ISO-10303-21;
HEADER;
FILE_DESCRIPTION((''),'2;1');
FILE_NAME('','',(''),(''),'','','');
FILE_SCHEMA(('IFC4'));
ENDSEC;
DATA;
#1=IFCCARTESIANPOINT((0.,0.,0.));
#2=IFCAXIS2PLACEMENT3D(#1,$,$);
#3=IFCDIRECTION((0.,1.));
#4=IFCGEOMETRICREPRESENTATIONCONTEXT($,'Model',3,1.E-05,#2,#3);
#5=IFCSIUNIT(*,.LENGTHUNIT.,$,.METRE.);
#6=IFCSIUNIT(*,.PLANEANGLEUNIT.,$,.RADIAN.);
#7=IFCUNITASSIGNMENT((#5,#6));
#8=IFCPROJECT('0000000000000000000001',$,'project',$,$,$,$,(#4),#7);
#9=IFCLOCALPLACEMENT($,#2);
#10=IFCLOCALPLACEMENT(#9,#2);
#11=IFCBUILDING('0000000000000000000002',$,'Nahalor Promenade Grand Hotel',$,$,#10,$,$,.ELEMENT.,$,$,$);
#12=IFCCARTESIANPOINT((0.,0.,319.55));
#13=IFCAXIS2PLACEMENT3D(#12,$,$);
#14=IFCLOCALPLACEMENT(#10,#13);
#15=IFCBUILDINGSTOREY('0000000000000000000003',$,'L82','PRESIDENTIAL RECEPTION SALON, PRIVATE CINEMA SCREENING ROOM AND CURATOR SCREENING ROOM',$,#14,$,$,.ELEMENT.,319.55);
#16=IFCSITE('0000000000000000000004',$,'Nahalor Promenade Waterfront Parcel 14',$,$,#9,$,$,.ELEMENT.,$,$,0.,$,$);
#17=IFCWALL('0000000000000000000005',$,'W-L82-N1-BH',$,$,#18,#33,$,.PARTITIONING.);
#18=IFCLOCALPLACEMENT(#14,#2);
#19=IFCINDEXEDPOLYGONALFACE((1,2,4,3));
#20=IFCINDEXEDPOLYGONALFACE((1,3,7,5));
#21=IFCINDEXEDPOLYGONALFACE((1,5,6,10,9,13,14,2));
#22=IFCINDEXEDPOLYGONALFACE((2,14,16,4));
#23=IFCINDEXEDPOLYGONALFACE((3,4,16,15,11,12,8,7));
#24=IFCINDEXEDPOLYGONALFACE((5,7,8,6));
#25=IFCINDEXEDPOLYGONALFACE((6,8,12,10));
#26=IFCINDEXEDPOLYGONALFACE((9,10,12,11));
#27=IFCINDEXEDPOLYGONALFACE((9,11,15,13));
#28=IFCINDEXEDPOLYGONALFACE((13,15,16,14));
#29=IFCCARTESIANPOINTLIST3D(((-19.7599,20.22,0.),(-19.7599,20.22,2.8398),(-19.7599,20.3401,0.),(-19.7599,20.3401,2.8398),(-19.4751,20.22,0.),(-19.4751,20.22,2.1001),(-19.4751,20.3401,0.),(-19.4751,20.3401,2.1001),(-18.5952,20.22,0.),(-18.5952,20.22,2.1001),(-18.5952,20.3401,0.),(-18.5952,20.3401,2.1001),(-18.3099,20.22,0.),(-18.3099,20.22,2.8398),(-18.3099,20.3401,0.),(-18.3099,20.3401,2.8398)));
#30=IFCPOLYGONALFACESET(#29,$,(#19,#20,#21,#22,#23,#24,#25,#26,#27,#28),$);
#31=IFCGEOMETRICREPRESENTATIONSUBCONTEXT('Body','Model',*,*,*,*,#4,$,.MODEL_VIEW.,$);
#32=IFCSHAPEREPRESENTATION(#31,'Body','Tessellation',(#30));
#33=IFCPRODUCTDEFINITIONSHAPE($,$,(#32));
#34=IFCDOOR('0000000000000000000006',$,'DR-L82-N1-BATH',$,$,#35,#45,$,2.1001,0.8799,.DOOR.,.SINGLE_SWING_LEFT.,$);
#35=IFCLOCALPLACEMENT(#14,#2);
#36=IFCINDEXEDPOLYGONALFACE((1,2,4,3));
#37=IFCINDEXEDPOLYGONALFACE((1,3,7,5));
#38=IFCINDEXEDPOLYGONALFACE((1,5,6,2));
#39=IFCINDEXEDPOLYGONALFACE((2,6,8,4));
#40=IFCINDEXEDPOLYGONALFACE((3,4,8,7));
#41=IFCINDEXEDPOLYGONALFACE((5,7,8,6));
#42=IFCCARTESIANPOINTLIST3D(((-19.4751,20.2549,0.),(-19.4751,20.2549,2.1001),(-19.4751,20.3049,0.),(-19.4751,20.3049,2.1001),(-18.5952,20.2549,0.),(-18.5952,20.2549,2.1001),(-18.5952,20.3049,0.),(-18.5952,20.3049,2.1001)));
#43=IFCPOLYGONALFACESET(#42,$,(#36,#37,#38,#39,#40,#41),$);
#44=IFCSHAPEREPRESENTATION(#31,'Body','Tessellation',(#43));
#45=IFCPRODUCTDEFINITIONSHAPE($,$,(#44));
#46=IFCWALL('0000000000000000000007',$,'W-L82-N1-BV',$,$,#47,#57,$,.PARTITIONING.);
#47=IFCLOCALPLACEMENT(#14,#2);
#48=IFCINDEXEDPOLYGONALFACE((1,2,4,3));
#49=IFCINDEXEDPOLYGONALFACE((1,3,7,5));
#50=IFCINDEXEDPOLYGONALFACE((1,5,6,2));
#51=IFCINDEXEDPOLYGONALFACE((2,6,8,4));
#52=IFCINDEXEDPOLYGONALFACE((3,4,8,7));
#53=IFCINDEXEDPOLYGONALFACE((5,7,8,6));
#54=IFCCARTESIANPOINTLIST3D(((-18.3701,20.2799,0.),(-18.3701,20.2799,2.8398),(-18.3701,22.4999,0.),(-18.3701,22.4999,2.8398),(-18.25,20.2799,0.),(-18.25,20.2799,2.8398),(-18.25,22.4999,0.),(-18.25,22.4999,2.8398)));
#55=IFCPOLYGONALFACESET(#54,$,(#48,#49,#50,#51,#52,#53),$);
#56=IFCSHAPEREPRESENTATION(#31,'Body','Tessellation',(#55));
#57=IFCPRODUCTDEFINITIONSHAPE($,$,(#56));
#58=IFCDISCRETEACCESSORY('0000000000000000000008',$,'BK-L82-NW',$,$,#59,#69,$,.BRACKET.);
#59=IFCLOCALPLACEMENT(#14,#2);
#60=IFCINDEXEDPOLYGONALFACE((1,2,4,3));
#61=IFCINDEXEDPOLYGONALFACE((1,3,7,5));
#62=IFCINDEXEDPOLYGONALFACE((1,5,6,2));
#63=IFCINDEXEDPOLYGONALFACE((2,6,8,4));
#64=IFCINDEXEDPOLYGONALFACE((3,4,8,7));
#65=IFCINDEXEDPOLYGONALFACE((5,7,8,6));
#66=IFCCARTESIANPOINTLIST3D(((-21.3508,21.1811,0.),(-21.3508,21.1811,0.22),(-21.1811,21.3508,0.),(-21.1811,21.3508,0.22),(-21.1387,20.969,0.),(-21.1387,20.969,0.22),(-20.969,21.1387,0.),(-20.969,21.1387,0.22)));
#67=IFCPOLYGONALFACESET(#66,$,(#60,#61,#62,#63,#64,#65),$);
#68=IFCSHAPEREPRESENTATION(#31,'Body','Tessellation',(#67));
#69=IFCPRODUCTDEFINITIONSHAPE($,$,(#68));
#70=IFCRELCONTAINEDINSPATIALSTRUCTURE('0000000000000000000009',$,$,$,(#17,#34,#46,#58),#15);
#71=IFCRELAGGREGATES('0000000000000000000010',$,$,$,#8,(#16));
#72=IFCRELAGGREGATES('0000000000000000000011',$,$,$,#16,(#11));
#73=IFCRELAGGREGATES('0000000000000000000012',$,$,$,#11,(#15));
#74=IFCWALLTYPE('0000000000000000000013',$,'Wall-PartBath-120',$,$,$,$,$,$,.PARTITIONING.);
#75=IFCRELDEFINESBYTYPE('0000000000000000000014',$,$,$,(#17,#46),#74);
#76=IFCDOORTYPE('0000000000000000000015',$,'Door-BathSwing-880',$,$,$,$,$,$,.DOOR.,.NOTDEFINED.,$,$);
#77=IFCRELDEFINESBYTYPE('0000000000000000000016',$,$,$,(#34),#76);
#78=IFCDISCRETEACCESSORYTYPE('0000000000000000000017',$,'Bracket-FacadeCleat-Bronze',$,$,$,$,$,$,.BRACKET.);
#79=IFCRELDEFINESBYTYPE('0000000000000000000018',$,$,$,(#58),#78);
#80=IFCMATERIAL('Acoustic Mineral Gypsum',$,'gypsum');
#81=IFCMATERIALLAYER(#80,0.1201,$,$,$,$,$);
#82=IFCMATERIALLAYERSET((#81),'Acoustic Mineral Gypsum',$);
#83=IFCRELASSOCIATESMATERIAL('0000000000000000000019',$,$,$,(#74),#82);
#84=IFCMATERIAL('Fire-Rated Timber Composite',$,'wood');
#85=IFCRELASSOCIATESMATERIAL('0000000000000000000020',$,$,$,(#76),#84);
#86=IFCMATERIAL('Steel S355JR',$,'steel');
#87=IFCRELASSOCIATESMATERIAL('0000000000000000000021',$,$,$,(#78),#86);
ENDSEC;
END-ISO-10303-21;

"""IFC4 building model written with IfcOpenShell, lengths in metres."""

from ifc_helpers import new_model, si_unit, direction, frame, frame_2d, origin, origin_2d, place, context, subcontext, project, spatial, rectangle, extrude, source, transform, mapped, material, layer, layer_set, type_object, element, fill, save


model = new_model("IFC4")

# Units and contexts
model_context = context("Model", 3, precision=1e-05, world=origin(), true_north=direction((0.0, 1.0)))
body_context = subcontext(model_context, "Body", "Model", "MODEL_VIEW")
ifc_project = project(units=[si_unit("LENGTHUNIT", "METRE"), si_unit("PLANEANGLEUNIT", "RADIAN")], contexts=[model_context])

# Site, building, storey
site_placement = place(None, origin())
site = spatial("IfcSite", under=ifc_project, at=site_placement, Name="Nahalor Promenade Waterfront Parcel 14", CompositionType="ELEMENT", RefElevation=0.0)
building_placement = place(site_placement, origin())
building = spatial("IfcBuilding", under=site, at=building_placement, Name="Nahalor Promenade Grand Hotel", CompositionType="ELEMENT")
storey_placement = place(building_placement, frame((0.0, 0.0, 319.55)))
storey = spatial("IfcBuildingStorey", under=building, at=storey_placement, Name="L82", Description="PRESIDENTIAL RECEPTION SALON, PRIVATE CINEMA SCREENING ROOM AND CURATOR SCREENING ROOM", CompositionType="ELEMENT", Elevation=319.55)

# Shared definitions
ifc_material_1 = material(Name="Steel S355JR", Category="steel")

# Wall, opening, door
ifc_material_2 = material(Name="Acoustic Mineral Gypsum", Category="gypsum")
ifc_layer_1 = layer(ifc_material_2, 0.1201)
ifc_layer_set_1 = layer_set([ifc_layer_1], Name="Acoustic Mineral Gypsum")
wall_type_1 = type_object("IfcWallType", Name="Wall-PartBath-120", PredefinedType="PARTITIONING", material=ifc_layer_set_1)
shared_shape_1 = source(origin(), body_context, "Body", "SweptSolid", [
    extrude(rectangle(XDim=1.45, YDim=0.1201, at=frame_2d((0.7251, 0.0))), origin(), (0.0, 0.0, 1.0), 2.8398),
])
wall_1_placement = place(storey_placement, frame((-19.76, 20.28, 0.0), z_axis=(0.0, 0.0, 1.0), x_axis=(1.0, 0.0, 0.0)))
wall_1 = element("IfcWall", 1, at=wall_1_placement, inside=storey, type_object=wall_type_1, Name="W-L82-N1-BH", PredefinedType="PARTITIONING", context=body_context, shape_type="MappedRepresentation", body=[
    mapped(shared_shape_1, transform((0.0, 0.0, 0.0), scale=1.0)),
])
opening_placement = place(wall_1_placement, frame((0.2849, 0.0, 0.0)))
opening = element("IfcOpeningElement", 2, at=opening_placement, cuts=wall_1, PredefinedType="OPENING", context=body_context, shape_type="SweptSolid", body=[
    extrude(rectangle(XDim=0.8799, YDim=2.1001, at=frame_2d((0.4399, 1.05))), frame((0.0, 0.0701, 0.0), z_axis=(0.0, -1.0, 0.0), x_axis=(1.0, 0.0, 0.0)), (0.0, 0.0, 1.0), 0.1401),
])
ifc_material_3 = material(Name="Fire-Rated Timber Composite", Category="wood")
door_type = type_object("IfcDoorType", Name="Door-BathSwing-880", OperationType="NOTDEFINED", PredefinedType="DOOR", material=ifc_material_3)
shared_shape_2 = source(origin(), body_context, "Body", "SweptSolid", [
    extrude(rectangle(XDim=0.8799, YDim=2.1001, at=frame_2d((0.4399, 1.05))), frame((0.0, 0.0249, 0.0), z_axis=(0.0, -1.0, 0.0), x_axis=(1.0, 0.0, 0.0)), (0.0, 0.0, 1.0), 0.05),
])
door_placement = place(opening_placement, origin())
door = element("IfcDoor", 3, at=door_placement, inside=storey, type_object=door_type, Name="DR-L82-N1-BATH", OperationType="SINGLE_SWING_LEFT", OverallHeight=2.1001, OverallWidth=0.8799, PredefinedType="DOOR", context=body_context, shape_type="MappedRepresentation", body=[
    mapped(shared_shape_2, transform((0.0, 0.0, 0.0), scale=1.0)),
])
fill(opening, door)

# Wall
shared_shape_3 = source(origin(), body_context, "Body", "SweptSolid", [
    extrude(rectangle(XDim=2.22, YDim=0.1201, at=frame_2d((1.1099, 0.0))), origin(), (0.0, 0.0, 1.0), 2.8398),
])
wall_2_placement = place(storey_placement, frame((-18.3101, 20.28, 0.0), z_axis=(0.0, 0.0, 1.0), x_axis=(0.0, 1.0, 0.0)))
element("IfcWall", 4, at=wall_2_placement, inside=storey, type_object=wall_type_1, Name="W-L82-N1-BV", PredefinedType="PARTITIONING", context=body_context, shape_type="MappedRepresentation", body=[
    mapped(shared_shape_3, transform((0.0, 0.0, 0.0), scale=1.0)),
])

# Discrete accessory
discrete_accessory_type = type_object("IfcDiscreteAccessoryType", Name="Bracket-FacadeCleat-Bronze", PredefinedType="BRACKET", material=ifc_material_1)
shared_shape_4 = source(origin(), body_context, "Body", "SweptSolid", [
    extrude(rectangle(XDim=0.3, YDim=0.24, at=origin_2d()), origin(), (0.0, 0.0, 1.0), 0.22),
])
discrete_accessory_placement = place(storey_placement, frame((-21.1599, 21.1599, 0.0), z_axis=(0.0, 0.0, 1.0), x_axis=(-0.707107, 0.707107, 0.0)))
element("IfcDiscreteAccessory", 5, at=discrete_accessory_placement, inside=storey, type_object=discrete_accessory_type, Name="BK-L82-NW", PredefinedType="BRACKET", context=body_context, shape_type="MappedRepresentation", body=[
    mapped(shared_shape_4, transform((0.0, 0.0, 0.0), scale=1.0)),
])

save(model, "model.ifc")
